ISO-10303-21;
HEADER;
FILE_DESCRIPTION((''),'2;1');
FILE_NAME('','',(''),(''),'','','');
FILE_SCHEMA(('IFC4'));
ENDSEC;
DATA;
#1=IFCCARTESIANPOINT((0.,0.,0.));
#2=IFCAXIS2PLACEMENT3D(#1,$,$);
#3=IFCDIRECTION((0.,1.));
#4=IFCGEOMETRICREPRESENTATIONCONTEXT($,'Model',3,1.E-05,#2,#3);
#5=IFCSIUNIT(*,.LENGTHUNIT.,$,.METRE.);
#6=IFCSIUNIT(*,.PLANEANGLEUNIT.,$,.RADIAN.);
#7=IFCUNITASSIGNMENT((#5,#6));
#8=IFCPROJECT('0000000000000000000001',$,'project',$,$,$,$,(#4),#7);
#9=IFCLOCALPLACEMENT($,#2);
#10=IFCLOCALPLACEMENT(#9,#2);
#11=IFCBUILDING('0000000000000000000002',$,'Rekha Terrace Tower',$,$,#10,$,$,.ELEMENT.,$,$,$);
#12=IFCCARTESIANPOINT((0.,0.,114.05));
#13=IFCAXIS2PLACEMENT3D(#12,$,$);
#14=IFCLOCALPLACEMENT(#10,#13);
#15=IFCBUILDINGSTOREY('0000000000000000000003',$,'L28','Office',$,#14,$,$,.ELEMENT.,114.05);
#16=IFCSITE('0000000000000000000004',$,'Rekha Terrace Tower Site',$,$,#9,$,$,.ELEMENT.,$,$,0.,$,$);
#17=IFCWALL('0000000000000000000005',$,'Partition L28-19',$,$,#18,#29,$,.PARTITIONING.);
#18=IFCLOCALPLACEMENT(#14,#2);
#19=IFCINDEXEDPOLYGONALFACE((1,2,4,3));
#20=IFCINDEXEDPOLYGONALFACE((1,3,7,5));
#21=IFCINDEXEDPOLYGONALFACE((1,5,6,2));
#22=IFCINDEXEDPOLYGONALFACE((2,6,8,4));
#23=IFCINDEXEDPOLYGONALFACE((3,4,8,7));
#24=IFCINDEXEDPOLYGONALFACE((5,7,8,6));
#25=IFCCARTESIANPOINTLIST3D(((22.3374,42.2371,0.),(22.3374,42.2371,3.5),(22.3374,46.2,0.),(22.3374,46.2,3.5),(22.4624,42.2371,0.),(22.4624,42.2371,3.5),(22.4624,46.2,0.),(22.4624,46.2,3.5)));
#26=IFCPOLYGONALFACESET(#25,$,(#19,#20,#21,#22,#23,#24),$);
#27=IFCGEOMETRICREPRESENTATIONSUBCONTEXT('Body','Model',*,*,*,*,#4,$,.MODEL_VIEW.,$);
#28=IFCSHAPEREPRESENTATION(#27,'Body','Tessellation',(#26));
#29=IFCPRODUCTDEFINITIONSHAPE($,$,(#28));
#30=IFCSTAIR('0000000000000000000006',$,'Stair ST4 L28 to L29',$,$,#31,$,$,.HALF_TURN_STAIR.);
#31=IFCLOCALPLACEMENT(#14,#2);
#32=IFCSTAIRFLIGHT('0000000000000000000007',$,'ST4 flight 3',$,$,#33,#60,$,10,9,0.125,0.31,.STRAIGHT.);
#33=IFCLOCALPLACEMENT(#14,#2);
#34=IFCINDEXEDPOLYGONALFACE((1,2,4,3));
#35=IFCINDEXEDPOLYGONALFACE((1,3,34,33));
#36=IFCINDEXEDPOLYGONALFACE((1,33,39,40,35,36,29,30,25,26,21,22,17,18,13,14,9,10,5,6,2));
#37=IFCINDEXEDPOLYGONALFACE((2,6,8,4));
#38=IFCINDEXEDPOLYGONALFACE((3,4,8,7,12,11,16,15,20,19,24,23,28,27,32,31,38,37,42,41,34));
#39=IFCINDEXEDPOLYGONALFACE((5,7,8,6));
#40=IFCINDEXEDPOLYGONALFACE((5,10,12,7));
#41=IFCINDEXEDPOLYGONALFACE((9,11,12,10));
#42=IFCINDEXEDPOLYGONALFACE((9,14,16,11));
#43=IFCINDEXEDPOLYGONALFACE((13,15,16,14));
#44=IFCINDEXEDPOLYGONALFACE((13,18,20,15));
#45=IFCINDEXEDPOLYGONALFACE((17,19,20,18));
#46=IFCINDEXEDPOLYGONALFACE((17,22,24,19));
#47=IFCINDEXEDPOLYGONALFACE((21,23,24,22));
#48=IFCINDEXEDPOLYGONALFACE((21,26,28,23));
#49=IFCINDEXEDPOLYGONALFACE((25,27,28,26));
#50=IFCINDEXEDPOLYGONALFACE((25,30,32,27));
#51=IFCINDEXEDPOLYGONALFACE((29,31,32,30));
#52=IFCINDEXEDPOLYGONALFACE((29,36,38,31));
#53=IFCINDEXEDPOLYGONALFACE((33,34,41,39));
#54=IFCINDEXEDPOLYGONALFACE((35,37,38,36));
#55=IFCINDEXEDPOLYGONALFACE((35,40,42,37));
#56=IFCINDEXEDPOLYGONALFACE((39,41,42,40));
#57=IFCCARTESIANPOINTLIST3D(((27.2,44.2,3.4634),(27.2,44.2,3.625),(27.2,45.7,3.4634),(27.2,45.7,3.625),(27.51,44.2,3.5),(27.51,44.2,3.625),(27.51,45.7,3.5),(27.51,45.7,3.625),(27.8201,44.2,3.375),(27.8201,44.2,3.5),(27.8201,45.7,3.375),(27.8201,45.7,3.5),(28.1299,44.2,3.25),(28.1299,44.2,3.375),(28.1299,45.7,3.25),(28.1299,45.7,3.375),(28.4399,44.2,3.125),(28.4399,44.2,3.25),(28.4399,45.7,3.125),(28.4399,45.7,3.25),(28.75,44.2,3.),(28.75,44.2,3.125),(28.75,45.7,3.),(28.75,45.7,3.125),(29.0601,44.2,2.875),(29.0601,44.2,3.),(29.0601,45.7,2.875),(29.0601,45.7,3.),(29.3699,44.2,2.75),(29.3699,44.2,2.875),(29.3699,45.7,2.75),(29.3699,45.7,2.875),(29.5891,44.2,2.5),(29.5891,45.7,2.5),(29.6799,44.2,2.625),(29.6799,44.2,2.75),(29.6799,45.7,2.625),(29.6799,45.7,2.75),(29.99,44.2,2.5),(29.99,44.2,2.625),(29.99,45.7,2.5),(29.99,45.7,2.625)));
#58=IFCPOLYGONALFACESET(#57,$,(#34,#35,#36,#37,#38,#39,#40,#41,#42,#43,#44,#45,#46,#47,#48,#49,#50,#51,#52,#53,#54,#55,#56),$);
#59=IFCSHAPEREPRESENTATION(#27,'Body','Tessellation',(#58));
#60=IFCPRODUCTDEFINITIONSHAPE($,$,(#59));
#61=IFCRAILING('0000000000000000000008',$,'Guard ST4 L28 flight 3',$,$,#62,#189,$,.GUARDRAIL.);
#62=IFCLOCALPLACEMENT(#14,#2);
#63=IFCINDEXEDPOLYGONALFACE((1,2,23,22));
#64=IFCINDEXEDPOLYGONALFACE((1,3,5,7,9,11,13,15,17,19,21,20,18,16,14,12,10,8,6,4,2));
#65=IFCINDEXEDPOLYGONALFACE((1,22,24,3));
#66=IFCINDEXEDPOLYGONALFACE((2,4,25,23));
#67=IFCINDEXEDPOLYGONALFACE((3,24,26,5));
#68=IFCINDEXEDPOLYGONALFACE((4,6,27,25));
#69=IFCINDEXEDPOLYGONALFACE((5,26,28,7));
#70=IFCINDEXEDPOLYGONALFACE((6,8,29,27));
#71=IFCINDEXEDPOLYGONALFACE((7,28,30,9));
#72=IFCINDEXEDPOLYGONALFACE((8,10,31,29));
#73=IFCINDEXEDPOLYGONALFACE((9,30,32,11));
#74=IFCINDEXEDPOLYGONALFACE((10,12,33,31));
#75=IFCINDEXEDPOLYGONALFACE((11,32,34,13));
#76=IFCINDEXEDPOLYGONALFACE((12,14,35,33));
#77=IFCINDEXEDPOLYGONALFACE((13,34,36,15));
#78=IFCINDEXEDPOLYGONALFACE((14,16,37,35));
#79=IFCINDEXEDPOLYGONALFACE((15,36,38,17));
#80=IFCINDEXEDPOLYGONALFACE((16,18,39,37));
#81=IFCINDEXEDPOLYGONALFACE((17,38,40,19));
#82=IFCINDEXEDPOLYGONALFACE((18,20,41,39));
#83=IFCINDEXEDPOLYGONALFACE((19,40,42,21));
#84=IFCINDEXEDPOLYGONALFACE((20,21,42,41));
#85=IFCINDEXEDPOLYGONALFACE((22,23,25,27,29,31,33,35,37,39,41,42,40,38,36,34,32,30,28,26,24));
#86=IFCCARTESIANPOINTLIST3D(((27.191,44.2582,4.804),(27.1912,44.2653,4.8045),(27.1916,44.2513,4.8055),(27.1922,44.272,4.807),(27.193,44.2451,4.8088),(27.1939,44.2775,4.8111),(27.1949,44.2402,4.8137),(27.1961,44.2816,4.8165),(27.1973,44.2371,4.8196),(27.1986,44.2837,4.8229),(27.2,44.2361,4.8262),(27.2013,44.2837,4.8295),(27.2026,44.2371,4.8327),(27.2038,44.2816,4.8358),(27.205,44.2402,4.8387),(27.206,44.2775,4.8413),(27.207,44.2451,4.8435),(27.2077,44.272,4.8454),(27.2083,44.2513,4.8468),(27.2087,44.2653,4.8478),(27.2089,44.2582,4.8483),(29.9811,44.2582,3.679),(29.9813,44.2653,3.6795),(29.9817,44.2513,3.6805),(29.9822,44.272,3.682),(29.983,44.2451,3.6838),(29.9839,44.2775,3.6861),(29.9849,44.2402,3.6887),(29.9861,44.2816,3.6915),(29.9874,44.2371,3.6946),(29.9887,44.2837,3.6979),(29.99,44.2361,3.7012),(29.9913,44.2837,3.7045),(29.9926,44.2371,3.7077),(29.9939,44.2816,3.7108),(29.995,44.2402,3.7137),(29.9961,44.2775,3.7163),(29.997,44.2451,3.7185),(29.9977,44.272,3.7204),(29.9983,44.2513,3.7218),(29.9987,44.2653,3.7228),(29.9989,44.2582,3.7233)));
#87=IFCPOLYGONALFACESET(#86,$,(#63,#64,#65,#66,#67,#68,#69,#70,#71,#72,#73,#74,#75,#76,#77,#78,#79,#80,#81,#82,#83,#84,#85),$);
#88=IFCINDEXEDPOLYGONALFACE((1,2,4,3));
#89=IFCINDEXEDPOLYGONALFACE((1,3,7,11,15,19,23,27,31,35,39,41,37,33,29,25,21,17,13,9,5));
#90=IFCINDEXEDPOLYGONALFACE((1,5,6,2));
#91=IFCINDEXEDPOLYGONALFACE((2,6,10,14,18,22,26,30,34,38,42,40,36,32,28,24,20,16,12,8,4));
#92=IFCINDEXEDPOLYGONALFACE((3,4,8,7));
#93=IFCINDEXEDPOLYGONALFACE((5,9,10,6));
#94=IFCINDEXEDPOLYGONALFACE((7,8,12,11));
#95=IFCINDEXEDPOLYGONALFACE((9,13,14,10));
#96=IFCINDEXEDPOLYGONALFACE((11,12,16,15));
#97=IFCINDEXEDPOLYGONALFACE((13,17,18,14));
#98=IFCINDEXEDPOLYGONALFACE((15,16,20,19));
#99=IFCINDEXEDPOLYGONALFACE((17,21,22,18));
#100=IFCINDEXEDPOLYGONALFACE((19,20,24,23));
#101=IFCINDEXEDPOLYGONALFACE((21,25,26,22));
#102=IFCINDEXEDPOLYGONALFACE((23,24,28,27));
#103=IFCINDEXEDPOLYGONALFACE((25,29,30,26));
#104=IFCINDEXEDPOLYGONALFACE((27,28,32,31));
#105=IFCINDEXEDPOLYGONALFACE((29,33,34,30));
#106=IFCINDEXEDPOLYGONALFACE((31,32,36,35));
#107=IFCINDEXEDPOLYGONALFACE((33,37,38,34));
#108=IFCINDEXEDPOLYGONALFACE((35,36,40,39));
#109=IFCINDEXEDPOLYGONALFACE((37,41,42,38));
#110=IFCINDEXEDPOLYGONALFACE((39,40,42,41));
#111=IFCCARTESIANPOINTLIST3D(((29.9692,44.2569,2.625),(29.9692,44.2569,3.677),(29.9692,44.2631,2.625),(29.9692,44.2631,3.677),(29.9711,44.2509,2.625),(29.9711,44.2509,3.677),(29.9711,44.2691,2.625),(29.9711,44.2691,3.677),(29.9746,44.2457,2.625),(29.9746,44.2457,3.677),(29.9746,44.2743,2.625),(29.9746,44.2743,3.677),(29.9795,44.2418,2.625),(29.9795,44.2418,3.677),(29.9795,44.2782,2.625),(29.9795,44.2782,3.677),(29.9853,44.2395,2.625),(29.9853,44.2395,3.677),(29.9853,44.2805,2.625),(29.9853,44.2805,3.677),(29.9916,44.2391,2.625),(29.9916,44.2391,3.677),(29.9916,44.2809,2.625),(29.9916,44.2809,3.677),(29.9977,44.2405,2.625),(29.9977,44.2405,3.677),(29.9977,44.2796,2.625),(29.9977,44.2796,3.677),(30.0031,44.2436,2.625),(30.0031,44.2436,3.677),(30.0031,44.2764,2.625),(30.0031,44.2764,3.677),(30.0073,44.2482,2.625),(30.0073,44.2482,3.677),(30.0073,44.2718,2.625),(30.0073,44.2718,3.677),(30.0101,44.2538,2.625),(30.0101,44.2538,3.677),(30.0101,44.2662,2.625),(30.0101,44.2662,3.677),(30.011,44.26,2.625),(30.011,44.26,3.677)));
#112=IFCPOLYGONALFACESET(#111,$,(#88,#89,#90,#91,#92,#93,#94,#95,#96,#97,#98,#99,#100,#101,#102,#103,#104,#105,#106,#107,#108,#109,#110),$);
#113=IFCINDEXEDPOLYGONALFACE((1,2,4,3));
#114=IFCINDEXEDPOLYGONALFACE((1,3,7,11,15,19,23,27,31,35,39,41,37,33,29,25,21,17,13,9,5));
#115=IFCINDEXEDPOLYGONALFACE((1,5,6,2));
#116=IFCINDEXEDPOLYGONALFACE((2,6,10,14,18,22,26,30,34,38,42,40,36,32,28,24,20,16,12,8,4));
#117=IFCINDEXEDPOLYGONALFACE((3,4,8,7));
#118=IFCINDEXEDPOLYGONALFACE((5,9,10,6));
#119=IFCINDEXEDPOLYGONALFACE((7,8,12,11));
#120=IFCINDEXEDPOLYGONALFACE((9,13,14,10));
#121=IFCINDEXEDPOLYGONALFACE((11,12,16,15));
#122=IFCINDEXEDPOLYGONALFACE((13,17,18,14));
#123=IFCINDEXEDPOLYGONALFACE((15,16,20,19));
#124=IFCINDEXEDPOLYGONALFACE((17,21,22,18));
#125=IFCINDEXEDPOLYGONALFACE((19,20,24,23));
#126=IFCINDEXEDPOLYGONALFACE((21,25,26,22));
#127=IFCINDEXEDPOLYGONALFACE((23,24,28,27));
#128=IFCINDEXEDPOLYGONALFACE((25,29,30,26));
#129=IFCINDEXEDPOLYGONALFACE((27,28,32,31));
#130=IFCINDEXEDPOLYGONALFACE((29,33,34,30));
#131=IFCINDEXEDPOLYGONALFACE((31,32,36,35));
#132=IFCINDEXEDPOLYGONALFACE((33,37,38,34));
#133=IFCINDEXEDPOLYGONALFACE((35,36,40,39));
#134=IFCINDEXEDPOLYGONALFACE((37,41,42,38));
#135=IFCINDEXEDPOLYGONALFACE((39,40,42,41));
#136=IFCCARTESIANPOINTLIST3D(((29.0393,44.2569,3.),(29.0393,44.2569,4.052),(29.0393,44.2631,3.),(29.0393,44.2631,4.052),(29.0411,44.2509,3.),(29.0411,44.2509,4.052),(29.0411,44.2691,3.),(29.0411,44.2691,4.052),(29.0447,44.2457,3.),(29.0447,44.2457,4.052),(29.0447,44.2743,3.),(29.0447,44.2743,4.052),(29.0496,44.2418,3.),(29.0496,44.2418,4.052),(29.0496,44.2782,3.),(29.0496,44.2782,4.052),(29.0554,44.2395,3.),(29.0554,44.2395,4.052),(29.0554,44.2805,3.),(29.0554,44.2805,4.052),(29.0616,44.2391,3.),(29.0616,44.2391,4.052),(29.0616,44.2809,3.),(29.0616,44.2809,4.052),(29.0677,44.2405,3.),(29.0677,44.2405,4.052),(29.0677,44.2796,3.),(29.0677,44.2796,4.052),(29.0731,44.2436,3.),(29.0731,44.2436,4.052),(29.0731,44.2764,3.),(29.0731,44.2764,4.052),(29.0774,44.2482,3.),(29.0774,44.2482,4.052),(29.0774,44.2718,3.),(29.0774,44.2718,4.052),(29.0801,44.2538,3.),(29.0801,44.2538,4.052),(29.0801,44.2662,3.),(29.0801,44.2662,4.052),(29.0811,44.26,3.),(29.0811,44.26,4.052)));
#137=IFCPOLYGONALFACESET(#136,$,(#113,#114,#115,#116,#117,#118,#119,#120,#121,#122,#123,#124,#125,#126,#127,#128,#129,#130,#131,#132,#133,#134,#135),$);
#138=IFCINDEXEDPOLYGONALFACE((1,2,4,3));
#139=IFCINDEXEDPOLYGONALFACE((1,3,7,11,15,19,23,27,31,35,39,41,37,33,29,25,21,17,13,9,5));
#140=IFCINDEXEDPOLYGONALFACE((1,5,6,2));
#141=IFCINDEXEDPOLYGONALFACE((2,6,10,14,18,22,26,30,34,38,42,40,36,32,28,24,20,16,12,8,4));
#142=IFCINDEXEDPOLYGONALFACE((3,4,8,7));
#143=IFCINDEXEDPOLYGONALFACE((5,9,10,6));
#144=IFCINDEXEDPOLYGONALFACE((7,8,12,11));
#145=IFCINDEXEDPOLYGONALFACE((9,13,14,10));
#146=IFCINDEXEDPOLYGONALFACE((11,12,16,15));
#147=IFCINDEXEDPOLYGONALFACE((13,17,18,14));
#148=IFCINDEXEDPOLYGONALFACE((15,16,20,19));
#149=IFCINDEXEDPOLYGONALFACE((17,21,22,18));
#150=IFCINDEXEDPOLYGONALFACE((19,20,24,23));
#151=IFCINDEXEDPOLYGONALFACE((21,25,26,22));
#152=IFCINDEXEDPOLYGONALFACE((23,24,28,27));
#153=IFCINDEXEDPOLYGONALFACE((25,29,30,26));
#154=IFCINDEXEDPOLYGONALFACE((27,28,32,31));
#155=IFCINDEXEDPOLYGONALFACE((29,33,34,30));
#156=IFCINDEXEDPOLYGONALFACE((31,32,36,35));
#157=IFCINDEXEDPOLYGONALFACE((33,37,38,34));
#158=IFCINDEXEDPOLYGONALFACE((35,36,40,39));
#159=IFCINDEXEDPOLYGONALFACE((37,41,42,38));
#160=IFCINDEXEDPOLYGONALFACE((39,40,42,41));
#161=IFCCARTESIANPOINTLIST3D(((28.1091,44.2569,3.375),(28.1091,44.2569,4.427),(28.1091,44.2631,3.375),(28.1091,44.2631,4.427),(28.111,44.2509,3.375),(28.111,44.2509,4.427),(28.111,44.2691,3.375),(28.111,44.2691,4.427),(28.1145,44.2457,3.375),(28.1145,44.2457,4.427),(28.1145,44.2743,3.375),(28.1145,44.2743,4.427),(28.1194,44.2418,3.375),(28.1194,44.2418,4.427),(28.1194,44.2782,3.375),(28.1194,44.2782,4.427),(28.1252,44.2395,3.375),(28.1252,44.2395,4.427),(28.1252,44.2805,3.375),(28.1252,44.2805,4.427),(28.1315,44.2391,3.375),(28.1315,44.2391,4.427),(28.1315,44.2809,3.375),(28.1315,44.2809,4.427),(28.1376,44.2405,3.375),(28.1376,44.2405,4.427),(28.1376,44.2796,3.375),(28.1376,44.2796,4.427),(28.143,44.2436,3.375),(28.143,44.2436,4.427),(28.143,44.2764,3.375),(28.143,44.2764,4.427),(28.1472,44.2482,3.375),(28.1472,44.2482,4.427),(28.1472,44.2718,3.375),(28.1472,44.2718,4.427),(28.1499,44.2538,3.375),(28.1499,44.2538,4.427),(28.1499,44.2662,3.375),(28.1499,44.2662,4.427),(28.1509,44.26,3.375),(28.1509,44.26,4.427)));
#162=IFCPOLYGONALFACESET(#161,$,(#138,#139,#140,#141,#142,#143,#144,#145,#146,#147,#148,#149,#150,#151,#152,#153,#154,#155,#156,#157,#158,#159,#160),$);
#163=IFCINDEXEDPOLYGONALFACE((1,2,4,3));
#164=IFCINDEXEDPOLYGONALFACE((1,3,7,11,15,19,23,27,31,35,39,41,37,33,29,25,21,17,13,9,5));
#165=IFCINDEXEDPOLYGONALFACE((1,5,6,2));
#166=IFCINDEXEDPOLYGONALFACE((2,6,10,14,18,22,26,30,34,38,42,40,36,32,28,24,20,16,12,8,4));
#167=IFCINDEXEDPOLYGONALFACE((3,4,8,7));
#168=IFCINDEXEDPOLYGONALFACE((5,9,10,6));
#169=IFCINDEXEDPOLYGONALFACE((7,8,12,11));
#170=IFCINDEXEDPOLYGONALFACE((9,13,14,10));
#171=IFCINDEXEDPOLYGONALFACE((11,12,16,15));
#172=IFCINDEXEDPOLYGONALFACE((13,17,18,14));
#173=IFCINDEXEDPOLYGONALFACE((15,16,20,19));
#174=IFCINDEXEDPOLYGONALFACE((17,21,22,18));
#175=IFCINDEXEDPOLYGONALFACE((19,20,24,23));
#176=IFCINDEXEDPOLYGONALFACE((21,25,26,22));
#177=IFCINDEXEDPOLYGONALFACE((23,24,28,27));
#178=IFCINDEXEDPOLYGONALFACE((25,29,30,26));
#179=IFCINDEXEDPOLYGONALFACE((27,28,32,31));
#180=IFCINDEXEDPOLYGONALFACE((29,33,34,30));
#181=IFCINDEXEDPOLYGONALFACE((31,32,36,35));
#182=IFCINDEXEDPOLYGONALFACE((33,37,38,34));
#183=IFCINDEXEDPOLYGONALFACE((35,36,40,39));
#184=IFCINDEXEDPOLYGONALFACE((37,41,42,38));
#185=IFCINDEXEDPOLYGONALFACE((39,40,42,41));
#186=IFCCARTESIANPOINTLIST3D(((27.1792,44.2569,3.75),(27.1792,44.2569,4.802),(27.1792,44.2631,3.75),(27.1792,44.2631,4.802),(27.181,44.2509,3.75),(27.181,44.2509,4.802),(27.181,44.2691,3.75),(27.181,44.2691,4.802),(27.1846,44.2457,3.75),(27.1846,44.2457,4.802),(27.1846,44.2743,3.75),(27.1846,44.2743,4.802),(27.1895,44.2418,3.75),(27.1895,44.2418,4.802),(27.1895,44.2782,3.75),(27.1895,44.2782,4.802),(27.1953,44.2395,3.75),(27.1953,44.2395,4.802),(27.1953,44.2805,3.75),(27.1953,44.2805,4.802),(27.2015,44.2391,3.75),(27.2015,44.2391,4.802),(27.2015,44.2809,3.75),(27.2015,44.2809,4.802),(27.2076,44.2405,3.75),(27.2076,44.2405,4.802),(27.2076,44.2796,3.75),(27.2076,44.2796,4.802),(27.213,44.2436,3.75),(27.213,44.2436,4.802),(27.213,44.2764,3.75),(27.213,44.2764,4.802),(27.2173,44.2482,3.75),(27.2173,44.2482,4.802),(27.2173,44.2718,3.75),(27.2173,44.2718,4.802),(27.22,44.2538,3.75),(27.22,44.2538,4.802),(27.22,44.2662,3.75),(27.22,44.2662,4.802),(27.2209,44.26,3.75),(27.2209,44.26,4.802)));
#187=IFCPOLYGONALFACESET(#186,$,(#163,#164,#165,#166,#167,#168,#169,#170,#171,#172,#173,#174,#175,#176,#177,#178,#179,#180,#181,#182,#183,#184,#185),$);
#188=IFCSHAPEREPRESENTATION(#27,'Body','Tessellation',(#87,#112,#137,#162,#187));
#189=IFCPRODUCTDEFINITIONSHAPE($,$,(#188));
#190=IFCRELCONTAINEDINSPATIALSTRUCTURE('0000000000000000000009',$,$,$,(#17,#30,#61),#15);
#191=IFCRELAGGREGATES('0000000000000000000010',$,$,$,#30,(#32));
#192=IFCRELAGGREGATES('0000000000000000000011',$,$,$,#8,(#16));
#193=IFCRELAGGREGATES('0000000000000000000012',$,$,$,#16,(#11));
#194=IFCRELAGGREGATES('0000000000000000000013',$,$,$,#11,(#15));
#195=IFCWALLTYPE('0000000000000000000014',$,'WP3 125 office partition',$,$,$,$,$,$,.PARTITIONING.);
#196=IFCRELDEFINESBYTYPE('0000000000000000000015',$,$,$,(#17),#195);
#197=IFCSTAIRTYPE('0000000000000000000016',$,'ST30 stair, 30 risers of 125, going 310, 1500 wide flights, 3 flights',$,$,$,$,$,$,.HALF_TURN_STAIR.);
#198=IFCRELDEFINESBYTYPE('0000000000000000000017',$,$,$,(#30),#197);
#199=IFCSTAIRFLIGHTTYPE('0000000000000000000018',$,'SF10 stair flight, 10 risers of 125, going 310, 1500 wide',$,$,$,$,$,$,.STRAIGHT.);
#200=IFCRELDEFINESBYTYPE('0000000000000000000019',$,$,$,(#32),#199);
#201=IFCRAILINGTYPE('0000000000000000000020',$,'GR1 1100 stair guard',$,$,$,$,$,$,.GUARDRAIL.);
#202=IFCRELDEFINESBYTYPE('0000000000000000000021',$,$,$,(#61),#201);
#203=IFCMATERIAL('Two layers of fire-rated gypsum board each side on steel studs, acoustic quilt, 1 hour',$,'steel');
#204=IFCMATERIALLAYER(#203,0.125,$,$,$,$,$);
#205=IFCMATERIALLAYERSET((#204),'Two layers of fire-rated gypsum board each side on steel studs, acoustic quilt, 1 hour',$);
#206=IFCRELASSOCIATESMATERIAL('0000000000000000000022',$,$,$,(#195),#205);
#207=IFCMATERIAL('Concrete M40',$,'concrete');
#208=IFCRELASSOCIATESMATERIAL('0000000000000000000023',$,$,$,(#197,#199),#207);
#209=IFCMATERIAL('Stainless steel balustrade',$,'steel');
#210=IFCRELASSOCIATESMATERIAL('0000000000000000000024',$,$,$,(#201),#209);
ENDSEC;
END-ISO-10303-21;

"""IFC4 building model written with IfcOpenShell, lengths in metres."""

from ifc_helpers import new_model, si_unit, direction, frame, frame_2d, origin, origin_2d, place, context, subcontext, project, spatial, polyline, rectangle, circle, outline, extrude, material, layer, layer_set, type_object, element, aggregate, save


model = new_model("IFC4")

# Units and contexts
model_context = context("Model", 3, precision=1e-05, world=origin(), true_north=direction((0.0, 1.0)))
body_context = subcontext(model_context, "Body", "Model", "MODEL_VIEW")
ifc_project = project(units=[si_unit("LENGTHUNIT", "METRE"), si_unit("PLANEANGLEUNIT", "RADIAN")], contexts=[model_context])

# Site, building, storey
site_placement = place(None, origin())
site = spatial("IfcSite", under=ifc_project, at=site_placement, Name="Rekha Terrace Tower Site", CompositionType="ELEMENT", RefElevation=0.0)
building_placement = place(site_placement, origin())
building = spatial("IfcBuilding", under=site, at=building_placement, Name="Rekha Terrace Tower", CompositionType="ELEMENT")
storey_placement = place(building_placement, frame((0.0, 0.0, 114.05)))
storey = spatial("IfcBuildingStorey", under=building, at=storey_placement, Name="L28", Description="Office", CompositionType="ELEMENT", Elevation=114.05)

# Shared definitions
ifc_material_1 = material(Name="Two layers of fire-rated gypsum board each side on steel studs, acoustic quilt, 1 hour", Category="steel")
ifc_layer_1 = layer(ifc_material_1, 0.125)
ifc_layer_set_1 = layer_set([ifc_layer_1], Name="Two layers of fire-rated gypsum board each side on steel studs, acoustic quilt, 1 hour")
wall_type_1 = type_object("IfcWallType", Name="WP3 125 office partition", PredefinedType="PARTITIONING", material=ifc_layer_set_1)

# Wall
wall_1_placement = place(storey_placement, frame((22.3999, 46.2, 0.0), z_axis=(0.0, 0.0, 1.0), x_axis=(0.0, -1.0, 0.0)))
element("IfcWall", 1, at=wall_1_placement, inside=storey, type_object=wall_type_1, Name="Partition L28-19", PredefinedType="PARTITIONING", context=body_context, shape_type="SweptSolid", body=[
    extrude(rectangle(XDim=3.9629, YDim=0.125, at=frame_2d((1.9814, 0.0))), origin(), (0.0, 0.0, 1.0), 3.5),
])

# Stair, stair flight
ifc_material_2 = material(Name="Concrete M40", Category="concrete")
stair_type = type_object("IfcStairType", Name="ST30 stair, 30 risers of 125, going 310, 1500 wide flights, 3 flights", PredefinedType="HALF_TURN_STAIR", material=ifc_material_2)
stair_placement = place(storey_placement, origin())
stair = element("IfcStair", 2, at=stair_placement, inside=storey, type_object=stair_type, Name="Stair ST4 L28 to L29", PredefinedType="HALF_TURN_STAIR")
stair_flight_type = type_object("IfcStairFlightType", Name="SF10 stair flight, 10 risers of 125, going 310, 1500 wide", PredefinedType="STRAIGHT", material=ifc_material_2)
stair_flight_placement = place(storey_placement, frame((29.99, 44.95, 2.5), z_axis=(0.0, 0.0, 1.0), x_axis=(-1.0, 0.0, 0.0)))
stair_flight = element("IfcStairFlight", 3, at=stair_flight_placement, type_object=stair_flight_type, Name="ST4 flight 3", NumberOfRisers=10, NumberOfTreads=9, PredefinedType="STRAIGHT", RiserHeight=0.125, TreadLength=0.31, context=body_context, shape_type="SweptSolid", body=[
    extrude(outline(polyline([(0.0, 0.0), (0.0, 0.125), (0.3101, 0.125), (0.3101, 0.25), (0.6201, 0.25), (0.6201, 0.375), (0.9299, 0.375), (0.9299, 0.5), (1.24, 0.5), (1.24, 0.625), (1.55, 0.625), (1.55, 0.75), (1.8601, 0.75), (1.8601, 0.875), (2.1699, 0.875), (2.1699, 1.0), (2.48, 1.0), (2.48, 1.125), (2.79, 1.125), (2.79, 1.25), (2.79, 0.9634), (0.4009, 0.0), (0.0, 0.0)])), frame((0.0, 0.75, 0.0), z_axis=(0.0, -1.0, 0.0), x_axis=(1.0, 0.0, 0.0)), (0.0, 0.0, 1.0), 1.5),
])
aggregate(stair, [stair_flight])

# Railing
ifc_material_3 = material(Name="Stainless steel balustrade", Category="steel")
railing_type_1 = type_object("IfcRailingType", Name="GR1 1100 stair guard", PredefinedType="GUARDRAIL", material=ifc_material_3)
railing_1_placement = place(storey_placement, frame((29.99, 44.26, 2.625)))
element("IfcRailing", 4, at=railing_1_placement, inside=storey, type_object=railing_type_1, Name="Guard ST4 L28 flight 3", PredefinedType="GUARDRAIL", context=body_context, shape_type="SweptSolid", body=[
    extrude(circle(Radius=0.0239, at=origin_2d()), frame((0.0, 0.0, 1.0762), z_axis=(-0.927443, 0.0, 0.373964), x_axis=(0.0, -1.0, 0.0)), (0.0, 0.0, 1.0), 3.0083),
    extrude(circle(Radius=0.021, at=origin_2d()), origin(), (0.0, 0.0, 1.0), 1.052),
    extrude(circle(Radius=0.021, at=origin_2d()), frame((-0.9299, 0.0, 0.375)), (0.0, 0.0, 1.0), 1.052),
    extrude(circle(Radius=0.021, at=origin_2d()), frame((-1.8601, 0.0, 0.75)), (0.0, 0.0, 1.0), 1.052),
    extrude(circle(Radius=0.021, at=origin_2d()), frame((-2.79, 0.0, 1.125)), (0.0, 0.0, 1.0), 1.052),
])

save(model, "model.ifc")
